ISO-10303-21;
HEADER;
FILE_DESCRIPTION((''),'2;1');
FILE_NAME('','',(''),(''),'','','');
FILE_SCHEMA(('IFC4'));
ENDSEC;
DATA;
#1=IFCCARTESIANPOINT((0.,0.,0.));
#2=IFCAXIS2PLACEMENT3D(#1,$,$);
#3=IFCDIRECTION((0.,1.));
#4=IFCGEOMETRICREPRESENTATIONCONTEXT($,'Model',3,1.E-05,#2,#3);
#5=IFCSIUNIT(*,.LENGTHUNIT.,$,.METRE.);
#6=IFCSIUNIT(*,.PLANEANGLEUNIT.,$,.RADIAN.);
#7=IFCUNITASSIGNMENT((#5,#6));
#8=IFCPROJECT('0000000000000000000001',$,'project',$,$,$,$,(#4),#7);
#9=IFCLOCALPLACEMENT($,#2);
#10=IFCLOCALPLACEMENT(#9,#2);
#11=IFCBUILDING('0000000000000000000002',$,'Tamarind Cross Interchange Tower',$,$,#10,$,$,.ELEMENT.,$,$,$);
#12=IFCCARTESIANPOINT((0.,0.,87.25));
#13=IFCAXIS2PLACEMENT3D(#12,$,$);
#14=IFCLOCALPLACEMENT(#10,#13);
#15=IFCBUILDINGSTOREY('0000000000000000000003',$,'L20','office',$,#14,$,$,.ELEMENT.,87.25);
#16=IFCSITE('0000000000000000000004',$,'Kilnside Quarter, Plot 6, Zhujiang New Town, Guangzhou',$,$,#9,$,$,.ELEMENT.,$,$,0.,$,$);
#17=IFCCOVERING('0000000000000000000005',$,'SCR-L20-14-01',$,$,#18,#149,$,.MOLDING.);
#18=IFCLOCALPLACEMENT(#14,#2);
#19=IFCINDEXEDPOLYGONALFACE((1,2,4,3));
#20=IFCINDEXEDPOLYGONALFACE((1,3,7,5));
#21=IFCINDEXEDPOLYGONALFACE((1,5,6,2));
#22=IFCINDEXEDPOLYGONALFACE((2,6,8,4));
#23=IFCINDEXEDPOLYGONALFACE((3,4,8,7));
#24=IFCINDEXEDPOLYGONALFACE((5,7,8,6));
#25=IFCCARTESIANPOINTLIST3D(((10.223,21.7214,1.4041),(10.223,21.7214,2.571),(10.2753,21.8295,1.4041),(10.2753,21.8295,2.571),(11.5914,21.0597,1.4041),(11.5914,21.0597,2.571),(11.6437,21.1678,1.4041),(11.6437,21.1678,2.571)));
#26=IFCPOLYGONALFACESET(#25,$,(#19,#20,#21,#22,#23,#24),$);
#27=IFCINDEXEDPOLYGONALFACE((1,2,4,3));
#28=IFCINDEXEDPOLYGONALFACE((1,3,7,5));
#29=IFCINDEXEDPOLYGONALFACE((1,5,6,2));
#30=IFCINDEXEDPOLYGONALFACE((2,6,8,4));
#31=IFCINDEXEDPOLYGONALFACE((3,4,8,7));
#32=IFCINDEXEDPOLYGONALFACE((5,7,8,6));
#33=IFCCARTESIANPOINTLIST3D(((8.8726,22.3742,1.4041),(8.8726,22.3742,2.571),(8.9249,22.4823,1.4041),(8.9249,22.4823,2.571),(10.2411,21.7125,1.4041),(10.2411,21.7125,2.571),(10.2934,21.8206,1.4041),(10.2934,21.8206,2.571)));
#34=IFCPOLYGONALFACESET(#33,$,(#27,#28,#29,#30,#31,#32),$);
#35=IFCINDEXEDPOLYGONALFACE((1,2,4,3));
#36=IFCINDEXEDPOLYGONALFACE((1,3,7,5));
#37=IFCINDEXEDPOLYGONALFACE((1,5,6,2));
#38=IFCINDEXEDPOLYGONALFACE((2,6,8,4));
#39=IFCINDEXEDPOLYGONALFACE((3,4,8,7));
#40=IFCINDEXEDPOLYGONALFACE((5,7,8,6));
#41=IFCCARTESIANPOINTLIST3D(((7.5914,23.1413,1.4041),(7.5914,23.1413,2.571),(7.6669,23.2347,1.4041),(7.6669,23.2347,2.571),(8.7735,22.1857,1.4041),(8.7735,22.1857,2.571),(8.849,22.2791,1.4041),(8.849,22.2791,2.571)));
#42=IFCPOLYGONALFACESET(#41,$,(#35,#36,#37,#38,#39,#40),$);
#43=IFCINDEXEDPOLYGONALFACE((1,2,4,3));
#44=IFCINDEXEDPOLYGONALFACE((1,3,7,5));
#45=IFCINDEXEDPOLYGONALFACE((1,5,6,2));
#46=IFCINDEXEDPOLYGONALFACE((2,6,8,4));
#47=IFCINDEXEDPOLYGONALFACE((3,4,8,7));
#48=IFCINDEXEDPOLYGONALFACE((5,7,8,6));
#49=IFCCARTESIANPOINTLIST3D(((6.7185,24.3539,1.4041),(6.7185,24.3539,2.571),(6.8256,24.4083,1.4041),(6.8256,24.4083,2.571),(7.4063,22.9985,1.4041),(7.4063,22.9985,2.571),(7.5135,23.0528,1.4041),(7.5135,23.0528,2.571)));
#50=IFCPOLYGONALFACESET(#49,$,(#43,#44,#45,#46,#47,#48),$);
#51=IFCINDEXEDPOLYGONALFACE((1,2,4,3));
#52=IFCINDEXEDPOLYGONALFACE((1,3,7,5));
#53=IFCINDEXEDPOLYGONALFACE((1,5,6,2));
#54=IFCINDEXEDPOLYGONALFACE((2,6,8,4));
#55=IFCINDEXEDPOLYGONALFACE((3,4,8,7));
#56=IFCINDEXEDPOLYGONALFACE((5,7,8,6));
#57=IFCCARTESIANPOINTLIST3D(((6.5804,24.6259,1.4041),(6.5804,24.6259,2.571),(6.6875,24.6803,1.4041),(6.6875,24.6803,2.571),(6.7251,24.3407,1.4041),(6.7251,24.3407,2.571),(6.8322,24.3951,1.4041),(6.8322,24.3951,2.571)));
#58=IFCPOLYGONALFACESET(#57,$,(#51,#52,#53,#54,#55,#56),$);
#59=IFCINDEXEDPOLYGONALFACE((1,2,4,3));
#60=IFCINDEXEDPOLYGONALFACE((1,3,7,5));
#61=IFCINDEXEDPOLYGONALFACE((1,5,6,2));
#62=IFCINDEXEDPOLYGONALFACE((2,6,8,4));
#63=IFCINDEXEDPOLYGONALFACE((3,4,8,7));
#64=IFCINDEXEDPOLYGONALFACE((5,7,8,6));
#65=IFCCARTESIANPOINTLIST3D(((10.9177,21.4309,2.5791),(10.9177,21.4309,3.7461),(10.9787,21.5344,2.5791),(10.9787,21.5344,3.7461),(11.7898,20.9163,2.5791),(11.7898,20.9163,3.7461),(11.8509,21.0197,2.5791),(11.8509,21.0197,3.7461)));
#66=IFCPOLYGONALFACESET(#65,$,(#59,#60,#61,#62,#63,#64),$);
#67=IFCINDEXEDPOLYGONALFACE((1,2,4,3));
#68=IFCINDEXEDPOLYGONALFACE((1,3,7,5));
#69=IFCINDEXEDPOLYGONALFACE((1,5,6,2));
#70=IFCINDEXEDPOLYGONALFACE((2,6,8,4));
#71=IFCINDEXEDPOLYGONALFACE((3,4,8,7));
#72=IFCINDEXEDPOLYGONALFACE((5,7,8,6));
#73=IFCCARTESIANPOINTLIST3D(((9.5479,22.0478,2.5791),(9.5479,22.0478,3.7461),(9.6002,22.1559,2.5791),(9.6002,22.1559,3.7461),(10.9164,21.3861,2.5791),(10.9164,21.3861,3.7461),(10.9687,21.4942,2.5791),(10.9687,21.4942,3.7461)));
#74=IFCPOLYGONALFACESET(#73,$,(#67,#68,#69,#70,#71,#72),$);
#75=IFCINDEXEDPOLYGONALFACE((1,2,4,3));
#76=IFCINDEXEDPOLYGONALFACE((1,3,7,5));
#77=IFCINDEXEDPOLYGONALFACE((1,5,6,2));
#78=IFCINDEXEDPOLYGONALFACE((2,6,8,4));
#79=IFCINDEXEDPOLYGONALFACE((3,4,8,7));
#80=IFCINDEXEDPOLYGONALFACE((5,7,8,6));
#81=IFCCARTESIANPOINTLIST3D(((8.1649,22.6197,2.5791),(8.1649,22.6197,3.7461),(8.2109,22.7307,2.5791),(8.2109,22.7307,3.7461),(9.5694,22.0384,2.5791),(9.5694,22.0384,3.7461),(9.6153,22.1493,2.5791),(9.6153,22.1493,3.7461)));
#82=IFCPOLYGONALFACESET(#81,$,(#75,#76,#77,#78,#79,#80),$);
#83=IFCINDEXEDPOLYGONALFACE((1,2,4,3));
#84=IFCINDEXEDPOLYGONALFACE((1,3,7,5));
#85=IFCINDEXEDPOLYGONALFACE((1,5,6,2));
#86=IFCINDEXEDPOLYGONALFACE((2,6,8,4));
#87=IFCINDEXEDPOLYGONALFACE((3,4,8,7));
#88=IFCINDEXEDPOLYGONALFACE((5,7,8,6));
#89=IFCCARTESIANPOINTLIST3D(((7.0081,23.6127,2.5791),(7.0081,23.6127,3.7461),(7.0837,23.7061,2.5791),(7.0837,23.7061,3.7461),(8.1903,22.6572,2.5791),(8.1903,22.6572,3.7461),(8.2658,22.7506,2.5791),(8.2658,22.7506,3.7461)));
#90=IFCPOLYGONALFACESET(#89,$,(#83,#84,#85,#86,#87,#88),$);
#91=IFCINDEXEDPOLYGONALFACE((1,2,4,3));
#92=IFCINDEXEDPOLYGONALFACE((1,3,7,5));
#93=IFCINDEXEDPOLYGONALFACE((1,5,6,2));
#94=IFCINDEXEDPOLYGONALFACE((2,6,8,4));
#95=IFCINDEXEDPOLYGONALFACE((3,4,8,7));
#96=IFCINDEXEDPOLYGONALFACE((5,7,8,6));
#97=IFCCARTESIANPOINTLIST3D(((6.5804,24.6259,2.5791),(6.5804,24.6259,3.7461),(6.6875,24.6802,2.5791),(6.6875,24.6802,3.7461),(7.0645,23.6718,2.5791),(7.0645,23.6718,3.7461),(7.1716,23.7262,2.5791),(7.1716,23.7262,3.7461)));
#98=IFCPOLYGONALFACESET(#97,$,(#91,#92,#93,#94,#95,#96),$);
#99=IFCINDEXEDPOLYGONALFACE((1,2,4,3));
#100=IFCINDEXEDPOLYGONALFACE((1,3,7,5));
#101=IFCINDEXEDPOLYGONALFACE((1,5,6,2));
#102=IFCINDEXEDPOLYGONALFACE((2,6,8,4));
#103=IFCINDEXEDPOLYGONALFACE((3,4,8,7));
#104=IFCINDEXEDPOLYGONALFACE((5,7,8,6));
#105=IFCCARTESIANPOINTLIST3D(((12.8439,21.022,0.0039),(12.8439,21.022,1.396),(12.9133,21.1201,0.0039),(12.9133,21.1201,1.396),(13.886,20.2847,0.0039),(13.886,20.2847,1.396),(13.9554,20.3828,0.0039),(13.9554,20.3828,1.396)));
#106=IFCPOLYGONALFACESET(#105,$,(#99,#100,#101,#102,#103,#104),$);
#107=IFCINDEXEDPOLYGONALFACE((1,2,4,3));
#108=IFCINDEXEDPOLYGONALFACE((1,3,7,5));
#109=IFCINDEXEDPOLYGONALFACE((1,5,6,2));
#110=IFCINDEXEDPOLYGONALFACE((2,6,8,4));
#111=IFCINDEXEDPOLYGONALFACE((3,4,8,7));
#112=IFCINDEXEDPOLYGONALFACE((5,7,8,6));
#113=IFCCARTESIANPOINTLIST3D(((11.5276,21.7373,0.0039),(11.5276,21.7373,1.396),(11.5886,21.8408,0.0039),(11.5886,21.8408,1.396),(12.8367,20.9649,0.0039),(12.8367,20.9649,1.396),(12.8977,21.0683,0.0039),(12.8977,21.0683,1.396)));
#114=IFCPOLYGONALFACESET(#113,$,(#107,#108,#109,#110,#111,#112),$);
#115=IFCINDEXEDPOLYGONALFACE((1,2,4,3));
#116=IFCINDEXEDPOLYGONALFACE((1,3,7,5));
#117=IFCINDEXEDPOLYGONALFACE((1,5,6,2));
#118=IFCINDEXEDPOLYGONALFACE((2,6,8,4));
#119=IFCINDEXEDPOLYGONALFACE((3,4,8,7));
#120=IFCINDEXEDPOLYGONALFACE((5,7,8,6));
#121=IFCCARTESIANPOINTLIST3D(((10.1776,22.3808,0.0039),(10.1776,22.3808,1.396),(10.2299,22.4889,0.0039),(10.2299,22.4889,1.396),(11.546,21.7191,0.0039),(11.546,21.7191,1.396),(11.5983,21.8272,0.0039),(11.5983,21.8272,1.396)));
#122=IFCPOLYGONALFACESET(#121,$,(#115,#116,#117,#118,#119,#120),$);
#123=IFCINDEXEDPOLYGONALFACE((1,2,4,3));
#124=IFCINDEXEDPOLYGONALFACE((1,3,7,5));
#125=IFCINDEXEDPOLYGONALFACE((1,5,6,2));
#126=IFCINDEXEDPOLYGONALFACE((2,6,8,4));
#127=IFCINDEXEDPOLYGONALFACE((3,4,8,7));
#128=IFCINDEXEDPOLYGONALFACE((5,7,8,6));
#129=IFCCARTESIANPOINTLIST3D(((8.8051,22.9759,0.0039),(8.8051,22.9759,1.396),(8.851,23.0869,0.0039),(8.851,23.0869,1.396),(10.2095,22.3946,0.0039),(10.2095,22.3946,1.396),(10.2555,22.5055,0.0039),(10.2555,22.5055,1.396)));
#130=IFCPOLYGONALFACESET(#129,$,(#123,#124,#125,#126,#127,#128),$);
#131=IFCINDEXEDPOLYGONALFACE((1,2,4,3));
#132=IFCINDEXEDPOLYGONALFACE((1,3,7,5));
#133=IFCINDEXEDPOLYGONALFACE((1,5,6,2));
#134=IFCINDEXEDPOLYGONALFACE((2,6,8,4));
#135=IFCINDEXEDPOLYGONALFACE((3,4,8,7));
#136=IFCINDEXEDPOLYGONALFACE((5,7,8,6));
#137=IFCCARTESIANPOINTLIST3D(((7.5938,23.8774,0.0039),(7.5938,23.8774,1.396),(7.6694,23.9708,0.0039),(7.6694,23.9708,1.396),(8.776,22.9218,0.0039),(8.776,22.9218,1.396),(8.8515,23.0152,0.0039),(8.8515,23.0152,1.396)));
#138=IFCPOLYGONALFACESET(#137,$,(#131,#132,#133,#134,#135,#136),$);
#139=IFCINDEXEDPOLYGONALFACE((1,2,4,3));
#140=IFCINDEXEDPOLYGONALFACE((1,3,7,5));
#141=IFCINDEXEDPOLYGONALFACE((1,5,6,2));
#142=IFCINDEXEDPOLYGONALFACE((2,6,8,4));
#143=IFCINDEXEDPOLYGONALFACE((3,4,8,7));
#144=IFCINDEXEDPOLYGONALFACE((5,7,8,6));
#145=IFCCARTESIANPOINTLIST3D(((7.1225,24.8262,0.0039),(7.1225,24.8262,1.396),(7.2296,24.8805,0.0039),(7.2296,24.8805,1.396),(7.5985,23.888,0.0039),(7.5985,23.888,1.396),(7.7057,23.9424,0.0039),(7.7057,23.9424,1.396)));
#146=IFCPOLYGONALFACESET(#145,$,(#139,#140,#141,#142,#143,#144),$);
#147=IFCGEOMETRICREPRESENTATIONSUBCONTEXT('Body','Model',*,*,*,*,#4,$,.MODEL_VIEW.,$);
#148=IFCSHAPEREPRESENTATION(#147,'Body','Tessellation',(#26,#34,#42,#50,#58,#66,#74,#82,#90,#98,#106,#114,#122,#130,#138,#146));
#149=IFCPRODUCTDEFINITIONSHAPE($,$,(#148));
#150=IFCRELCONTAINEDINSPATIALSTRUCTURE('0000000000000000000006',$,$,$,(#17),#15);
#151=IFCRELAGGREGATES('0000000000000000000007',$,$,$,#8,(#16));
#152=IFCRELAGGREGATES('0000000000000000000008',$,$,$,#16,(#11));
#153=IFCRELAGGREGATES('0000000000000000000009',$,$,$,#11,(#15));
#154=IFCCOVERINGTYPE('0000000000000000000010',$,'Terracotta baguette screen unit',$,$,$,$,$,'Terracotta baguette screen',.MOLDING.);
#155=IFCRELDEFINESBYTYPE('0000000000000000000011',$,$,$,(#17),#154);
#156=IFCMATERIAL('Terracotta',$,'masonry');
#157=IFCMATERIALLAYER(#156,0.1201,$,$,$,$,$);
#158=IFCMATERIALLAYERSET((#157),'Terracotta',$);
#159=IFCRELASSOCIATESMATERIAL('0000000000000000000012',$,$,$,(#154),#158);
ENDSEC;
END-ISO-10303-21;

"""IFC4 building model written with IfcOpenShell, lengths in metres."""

from ifc_helpers import new_model, si_unit, direction, frame, origin, origin_2d, place, context, subcontext, project, spatial, rectangle, extrude, material, layer, layer_set, type_object, element, save


model = new_model("IFC4")

# Units and contexts
model_context = context("Model", 3, precision=1e-05, world=origin(), true_north=direction((0.0, 1.0)))
body_context = subcontext(model_context, "Body", "Model", "MODEL_VIEW")
ifc_project = project(units=[si_unit("LENGTHUNIT", "METRE"), si_unit("PLANEANGLEUNIT", "RADIAN")], contexts=[model_context])

# Site, building, storey
site_placement = place(None, origin())
site = spatial("IfcSite", under=ifc_project, at=site_placement, Name="Kilnside Quarter, Plot 6, Zhujiang New Town, Guangzhou", CompositionType="ELEMENT", RefElevation=0.0)
building_placement = place(site_placement, origin())
building = spatial("IfcBuilding", under=site, at=building_placement, Name="Tamarind Cross Interchange Tower", CompositionType="ELEMENT")
storey_placement = place(building_placement, frame((0.0, 0.0, 87.25)))
storey = spatial("IfcBuildingStorey", under=building, at=storey_placement, Name="L20", Description="office", CompositionType="ELEMENT", Elevation=87.25)

# Covering
ifc_material_1 = material(Name="Terracotta", Category="masonry")
ifc_layer_1 = layer(ifc_material_1, 0.1201)
ifc_layer_set_1 = layer_set([ifc_layer_1], Name="Terracotta")
covering_type = type_object("IfcCoveringType", Name="Terracotta baguette screen unit", ElementType="Terracotta baguette screen", PredefinedType="MOLDING", material=ifc_layer_set_1)
covering_1_placement = place(storey_placement, origin())
element("IfcCovering", 1, at=covering_1_placement, inside=storey, type_object=covering_type, Name="SCR-L20-14-01", PredefinedType="MOLDING", context=body_context, shape_type="SweptSolid", body=[
    extrude(rectangle(XDim=1.52, YDim=0.1201, at=origin_2d()), frame((10.9333, 21.4446, 1.4041), z_axis=(0.0, 0.0, 1.0), x_axis=(-0.900273, 0.435326, 0.0)), (0.0, 0.0, 1.0), 1.167),
    extrude(rectangle(XDim=1.52, YDim=0.1201, at=origin_2d()), frame((9.583, 22.0974, 1.4041), z_axis=(0.0, 0.0, 1.0), x_axis=(-0.900273, 0.435326, 0.0)), (0.0, 0.0, 1.0), 1.167),
    extrude(rectangle(XDim=1.52, YDim=0.1201, at=origin_2d()), frame((8.2202, 22.7102, 1.4041), z_axis=(0.0, 0.0, 1.0), x_axis=(-0.777699, 0.628637, 0.0)), (0.0, 0.0, 1.0), 1.167),
    extrude(rectangle(XDim=1.52, YDim=0.1201, at=origin_2d()), frame((7.116, 23.7034, 1.4041), z_axis=(0.0, 0.0, 1.0), x_axis=(-0.452536, 0.891746, 0.0)), (0.0, 0.0, 1.0), 1.167),
    extrude(rectangle(XDim=0.3198, YDim=0.1201, at=origin_2d()), frame((6.7063, 24.5105, 1.4041), z_axis=(0.0, 0.0, 1.0), x_axis=(-0.452536, 0.891746, 0.0)), (0.0, 0.0, 1.0), 1.167),
    extrude(rectangle(XDim=1.0127, YDim=0.1201, at=origin_2d()), frame((11.3843, 21.2253, 2.5791), z_axis=(0.0, 0.0, 1.0), x_axis=(-0.861249, 0.508183, 0.0)), (0.0, 0.0, 1.0), 1.167),
    extrude(rectangle(XDim=1.52, YDim=0.1201, at=origin_2d()), frame((10.2583, 21.771, 2.5791), z_axis=(0.0, 0.0, 1.0), x_axis=(-0.900273, 0.435326, 0.0)), (0.0, 0.0, 1.0), 1.167),
    extrude(rectangle(XDim=1.52, YDim=0.1201, at=origin_2d()), frame((8.8901, 22.3845, 2.5791), z_axis=(0.0, 0.0, 1.0), x_axis=(-0.923969, 0.382467, 0.0)), (0.0, 0.0, 1.0), 1.167),
    extrude(rectangle(XDim=1.52, YDim=0.1201, at=origin_2d()), frame((7.637, 23.1816, 2.5791), z_axis=(0.0, 0.0, 1.0), x_axis=(-0.777699, 0.628637, 0.0)), (0.0, 0.0, 1.0), 1.167),
    extrude(rectangle(XDim=1.0698, YDim=0.1201, at=origin_2d()), frame((6.876, 24.176, 2.5791), z_axis=(0.0, 0.0, 1.0), x_axis=(-0.452536, 0.891746, 0.0)), (0.0, 0.0, 1.0), 1.167),
    extrude(rectangle(XDim=1.2766, YDim=0.1201, at=origin_2d()), frame((13.3997, 20.7024, 0.0039), z_axis=(0.0, 0.0, 1.0), x_axis=(-0.816342, 0.577569, 0.0)), (0.0, 0.0, 1.0), 1.3921),
    extrude(rectangle(XDim=1.52, YDim=0.1201, at=origin_2d()), frame((12.2126, 21.4028, 0.0039), z_axis=(0.0, 0.0, 1.0), x_axis=(-0.861249, 0.508183, 0.0)), (0.0, 0.0, 1.0), 1.3921),
    extrude(rectangle(XDim=1.52, YDim=0.1201, at=origin_2d()), frame((10.8879, 22.104, 0.0039), z_axis=(0.0, 0.0, 1.0), x_axis=(-0.900273, 0.435326, 0.0)), (0.0, 0.0, 1.0), 1.3921),
    extrude(rectangle(XDim=1.52, YDim=0.1201, at=origin_2d()), frame((9.5303, 22.7407, 0.0039), z_axis=(0.0, 0.0, 1.0), x_axis=(-0.923969, 0.382467, 0.0)), (0.0, 0.0, 1.0), 1.3921),
    extrude(rectangle(XDim=1.52, YDim=0.1201, at=origin_2d()), frame((8.2227, 23.4463, 0.0039), z_axis=(0.0, 0.0, 1.0), x_axis=(-0.777699, 0.628637, 0.0)), (0.0, 0.0, 1.0), 1.3921),
    extrude(rectangle(XDim=1.052, YDim=0.1201, at=origin_2d()), frame((7.4141, 24.3843, 0.0039), z_axis=(0.0, 0.0, 1.0), x_axis=(-0.452536, 0.891746, 0.0)), (0.0, 0.0, 1.0), 1.3921),
])

save(model, "model.ifc")
